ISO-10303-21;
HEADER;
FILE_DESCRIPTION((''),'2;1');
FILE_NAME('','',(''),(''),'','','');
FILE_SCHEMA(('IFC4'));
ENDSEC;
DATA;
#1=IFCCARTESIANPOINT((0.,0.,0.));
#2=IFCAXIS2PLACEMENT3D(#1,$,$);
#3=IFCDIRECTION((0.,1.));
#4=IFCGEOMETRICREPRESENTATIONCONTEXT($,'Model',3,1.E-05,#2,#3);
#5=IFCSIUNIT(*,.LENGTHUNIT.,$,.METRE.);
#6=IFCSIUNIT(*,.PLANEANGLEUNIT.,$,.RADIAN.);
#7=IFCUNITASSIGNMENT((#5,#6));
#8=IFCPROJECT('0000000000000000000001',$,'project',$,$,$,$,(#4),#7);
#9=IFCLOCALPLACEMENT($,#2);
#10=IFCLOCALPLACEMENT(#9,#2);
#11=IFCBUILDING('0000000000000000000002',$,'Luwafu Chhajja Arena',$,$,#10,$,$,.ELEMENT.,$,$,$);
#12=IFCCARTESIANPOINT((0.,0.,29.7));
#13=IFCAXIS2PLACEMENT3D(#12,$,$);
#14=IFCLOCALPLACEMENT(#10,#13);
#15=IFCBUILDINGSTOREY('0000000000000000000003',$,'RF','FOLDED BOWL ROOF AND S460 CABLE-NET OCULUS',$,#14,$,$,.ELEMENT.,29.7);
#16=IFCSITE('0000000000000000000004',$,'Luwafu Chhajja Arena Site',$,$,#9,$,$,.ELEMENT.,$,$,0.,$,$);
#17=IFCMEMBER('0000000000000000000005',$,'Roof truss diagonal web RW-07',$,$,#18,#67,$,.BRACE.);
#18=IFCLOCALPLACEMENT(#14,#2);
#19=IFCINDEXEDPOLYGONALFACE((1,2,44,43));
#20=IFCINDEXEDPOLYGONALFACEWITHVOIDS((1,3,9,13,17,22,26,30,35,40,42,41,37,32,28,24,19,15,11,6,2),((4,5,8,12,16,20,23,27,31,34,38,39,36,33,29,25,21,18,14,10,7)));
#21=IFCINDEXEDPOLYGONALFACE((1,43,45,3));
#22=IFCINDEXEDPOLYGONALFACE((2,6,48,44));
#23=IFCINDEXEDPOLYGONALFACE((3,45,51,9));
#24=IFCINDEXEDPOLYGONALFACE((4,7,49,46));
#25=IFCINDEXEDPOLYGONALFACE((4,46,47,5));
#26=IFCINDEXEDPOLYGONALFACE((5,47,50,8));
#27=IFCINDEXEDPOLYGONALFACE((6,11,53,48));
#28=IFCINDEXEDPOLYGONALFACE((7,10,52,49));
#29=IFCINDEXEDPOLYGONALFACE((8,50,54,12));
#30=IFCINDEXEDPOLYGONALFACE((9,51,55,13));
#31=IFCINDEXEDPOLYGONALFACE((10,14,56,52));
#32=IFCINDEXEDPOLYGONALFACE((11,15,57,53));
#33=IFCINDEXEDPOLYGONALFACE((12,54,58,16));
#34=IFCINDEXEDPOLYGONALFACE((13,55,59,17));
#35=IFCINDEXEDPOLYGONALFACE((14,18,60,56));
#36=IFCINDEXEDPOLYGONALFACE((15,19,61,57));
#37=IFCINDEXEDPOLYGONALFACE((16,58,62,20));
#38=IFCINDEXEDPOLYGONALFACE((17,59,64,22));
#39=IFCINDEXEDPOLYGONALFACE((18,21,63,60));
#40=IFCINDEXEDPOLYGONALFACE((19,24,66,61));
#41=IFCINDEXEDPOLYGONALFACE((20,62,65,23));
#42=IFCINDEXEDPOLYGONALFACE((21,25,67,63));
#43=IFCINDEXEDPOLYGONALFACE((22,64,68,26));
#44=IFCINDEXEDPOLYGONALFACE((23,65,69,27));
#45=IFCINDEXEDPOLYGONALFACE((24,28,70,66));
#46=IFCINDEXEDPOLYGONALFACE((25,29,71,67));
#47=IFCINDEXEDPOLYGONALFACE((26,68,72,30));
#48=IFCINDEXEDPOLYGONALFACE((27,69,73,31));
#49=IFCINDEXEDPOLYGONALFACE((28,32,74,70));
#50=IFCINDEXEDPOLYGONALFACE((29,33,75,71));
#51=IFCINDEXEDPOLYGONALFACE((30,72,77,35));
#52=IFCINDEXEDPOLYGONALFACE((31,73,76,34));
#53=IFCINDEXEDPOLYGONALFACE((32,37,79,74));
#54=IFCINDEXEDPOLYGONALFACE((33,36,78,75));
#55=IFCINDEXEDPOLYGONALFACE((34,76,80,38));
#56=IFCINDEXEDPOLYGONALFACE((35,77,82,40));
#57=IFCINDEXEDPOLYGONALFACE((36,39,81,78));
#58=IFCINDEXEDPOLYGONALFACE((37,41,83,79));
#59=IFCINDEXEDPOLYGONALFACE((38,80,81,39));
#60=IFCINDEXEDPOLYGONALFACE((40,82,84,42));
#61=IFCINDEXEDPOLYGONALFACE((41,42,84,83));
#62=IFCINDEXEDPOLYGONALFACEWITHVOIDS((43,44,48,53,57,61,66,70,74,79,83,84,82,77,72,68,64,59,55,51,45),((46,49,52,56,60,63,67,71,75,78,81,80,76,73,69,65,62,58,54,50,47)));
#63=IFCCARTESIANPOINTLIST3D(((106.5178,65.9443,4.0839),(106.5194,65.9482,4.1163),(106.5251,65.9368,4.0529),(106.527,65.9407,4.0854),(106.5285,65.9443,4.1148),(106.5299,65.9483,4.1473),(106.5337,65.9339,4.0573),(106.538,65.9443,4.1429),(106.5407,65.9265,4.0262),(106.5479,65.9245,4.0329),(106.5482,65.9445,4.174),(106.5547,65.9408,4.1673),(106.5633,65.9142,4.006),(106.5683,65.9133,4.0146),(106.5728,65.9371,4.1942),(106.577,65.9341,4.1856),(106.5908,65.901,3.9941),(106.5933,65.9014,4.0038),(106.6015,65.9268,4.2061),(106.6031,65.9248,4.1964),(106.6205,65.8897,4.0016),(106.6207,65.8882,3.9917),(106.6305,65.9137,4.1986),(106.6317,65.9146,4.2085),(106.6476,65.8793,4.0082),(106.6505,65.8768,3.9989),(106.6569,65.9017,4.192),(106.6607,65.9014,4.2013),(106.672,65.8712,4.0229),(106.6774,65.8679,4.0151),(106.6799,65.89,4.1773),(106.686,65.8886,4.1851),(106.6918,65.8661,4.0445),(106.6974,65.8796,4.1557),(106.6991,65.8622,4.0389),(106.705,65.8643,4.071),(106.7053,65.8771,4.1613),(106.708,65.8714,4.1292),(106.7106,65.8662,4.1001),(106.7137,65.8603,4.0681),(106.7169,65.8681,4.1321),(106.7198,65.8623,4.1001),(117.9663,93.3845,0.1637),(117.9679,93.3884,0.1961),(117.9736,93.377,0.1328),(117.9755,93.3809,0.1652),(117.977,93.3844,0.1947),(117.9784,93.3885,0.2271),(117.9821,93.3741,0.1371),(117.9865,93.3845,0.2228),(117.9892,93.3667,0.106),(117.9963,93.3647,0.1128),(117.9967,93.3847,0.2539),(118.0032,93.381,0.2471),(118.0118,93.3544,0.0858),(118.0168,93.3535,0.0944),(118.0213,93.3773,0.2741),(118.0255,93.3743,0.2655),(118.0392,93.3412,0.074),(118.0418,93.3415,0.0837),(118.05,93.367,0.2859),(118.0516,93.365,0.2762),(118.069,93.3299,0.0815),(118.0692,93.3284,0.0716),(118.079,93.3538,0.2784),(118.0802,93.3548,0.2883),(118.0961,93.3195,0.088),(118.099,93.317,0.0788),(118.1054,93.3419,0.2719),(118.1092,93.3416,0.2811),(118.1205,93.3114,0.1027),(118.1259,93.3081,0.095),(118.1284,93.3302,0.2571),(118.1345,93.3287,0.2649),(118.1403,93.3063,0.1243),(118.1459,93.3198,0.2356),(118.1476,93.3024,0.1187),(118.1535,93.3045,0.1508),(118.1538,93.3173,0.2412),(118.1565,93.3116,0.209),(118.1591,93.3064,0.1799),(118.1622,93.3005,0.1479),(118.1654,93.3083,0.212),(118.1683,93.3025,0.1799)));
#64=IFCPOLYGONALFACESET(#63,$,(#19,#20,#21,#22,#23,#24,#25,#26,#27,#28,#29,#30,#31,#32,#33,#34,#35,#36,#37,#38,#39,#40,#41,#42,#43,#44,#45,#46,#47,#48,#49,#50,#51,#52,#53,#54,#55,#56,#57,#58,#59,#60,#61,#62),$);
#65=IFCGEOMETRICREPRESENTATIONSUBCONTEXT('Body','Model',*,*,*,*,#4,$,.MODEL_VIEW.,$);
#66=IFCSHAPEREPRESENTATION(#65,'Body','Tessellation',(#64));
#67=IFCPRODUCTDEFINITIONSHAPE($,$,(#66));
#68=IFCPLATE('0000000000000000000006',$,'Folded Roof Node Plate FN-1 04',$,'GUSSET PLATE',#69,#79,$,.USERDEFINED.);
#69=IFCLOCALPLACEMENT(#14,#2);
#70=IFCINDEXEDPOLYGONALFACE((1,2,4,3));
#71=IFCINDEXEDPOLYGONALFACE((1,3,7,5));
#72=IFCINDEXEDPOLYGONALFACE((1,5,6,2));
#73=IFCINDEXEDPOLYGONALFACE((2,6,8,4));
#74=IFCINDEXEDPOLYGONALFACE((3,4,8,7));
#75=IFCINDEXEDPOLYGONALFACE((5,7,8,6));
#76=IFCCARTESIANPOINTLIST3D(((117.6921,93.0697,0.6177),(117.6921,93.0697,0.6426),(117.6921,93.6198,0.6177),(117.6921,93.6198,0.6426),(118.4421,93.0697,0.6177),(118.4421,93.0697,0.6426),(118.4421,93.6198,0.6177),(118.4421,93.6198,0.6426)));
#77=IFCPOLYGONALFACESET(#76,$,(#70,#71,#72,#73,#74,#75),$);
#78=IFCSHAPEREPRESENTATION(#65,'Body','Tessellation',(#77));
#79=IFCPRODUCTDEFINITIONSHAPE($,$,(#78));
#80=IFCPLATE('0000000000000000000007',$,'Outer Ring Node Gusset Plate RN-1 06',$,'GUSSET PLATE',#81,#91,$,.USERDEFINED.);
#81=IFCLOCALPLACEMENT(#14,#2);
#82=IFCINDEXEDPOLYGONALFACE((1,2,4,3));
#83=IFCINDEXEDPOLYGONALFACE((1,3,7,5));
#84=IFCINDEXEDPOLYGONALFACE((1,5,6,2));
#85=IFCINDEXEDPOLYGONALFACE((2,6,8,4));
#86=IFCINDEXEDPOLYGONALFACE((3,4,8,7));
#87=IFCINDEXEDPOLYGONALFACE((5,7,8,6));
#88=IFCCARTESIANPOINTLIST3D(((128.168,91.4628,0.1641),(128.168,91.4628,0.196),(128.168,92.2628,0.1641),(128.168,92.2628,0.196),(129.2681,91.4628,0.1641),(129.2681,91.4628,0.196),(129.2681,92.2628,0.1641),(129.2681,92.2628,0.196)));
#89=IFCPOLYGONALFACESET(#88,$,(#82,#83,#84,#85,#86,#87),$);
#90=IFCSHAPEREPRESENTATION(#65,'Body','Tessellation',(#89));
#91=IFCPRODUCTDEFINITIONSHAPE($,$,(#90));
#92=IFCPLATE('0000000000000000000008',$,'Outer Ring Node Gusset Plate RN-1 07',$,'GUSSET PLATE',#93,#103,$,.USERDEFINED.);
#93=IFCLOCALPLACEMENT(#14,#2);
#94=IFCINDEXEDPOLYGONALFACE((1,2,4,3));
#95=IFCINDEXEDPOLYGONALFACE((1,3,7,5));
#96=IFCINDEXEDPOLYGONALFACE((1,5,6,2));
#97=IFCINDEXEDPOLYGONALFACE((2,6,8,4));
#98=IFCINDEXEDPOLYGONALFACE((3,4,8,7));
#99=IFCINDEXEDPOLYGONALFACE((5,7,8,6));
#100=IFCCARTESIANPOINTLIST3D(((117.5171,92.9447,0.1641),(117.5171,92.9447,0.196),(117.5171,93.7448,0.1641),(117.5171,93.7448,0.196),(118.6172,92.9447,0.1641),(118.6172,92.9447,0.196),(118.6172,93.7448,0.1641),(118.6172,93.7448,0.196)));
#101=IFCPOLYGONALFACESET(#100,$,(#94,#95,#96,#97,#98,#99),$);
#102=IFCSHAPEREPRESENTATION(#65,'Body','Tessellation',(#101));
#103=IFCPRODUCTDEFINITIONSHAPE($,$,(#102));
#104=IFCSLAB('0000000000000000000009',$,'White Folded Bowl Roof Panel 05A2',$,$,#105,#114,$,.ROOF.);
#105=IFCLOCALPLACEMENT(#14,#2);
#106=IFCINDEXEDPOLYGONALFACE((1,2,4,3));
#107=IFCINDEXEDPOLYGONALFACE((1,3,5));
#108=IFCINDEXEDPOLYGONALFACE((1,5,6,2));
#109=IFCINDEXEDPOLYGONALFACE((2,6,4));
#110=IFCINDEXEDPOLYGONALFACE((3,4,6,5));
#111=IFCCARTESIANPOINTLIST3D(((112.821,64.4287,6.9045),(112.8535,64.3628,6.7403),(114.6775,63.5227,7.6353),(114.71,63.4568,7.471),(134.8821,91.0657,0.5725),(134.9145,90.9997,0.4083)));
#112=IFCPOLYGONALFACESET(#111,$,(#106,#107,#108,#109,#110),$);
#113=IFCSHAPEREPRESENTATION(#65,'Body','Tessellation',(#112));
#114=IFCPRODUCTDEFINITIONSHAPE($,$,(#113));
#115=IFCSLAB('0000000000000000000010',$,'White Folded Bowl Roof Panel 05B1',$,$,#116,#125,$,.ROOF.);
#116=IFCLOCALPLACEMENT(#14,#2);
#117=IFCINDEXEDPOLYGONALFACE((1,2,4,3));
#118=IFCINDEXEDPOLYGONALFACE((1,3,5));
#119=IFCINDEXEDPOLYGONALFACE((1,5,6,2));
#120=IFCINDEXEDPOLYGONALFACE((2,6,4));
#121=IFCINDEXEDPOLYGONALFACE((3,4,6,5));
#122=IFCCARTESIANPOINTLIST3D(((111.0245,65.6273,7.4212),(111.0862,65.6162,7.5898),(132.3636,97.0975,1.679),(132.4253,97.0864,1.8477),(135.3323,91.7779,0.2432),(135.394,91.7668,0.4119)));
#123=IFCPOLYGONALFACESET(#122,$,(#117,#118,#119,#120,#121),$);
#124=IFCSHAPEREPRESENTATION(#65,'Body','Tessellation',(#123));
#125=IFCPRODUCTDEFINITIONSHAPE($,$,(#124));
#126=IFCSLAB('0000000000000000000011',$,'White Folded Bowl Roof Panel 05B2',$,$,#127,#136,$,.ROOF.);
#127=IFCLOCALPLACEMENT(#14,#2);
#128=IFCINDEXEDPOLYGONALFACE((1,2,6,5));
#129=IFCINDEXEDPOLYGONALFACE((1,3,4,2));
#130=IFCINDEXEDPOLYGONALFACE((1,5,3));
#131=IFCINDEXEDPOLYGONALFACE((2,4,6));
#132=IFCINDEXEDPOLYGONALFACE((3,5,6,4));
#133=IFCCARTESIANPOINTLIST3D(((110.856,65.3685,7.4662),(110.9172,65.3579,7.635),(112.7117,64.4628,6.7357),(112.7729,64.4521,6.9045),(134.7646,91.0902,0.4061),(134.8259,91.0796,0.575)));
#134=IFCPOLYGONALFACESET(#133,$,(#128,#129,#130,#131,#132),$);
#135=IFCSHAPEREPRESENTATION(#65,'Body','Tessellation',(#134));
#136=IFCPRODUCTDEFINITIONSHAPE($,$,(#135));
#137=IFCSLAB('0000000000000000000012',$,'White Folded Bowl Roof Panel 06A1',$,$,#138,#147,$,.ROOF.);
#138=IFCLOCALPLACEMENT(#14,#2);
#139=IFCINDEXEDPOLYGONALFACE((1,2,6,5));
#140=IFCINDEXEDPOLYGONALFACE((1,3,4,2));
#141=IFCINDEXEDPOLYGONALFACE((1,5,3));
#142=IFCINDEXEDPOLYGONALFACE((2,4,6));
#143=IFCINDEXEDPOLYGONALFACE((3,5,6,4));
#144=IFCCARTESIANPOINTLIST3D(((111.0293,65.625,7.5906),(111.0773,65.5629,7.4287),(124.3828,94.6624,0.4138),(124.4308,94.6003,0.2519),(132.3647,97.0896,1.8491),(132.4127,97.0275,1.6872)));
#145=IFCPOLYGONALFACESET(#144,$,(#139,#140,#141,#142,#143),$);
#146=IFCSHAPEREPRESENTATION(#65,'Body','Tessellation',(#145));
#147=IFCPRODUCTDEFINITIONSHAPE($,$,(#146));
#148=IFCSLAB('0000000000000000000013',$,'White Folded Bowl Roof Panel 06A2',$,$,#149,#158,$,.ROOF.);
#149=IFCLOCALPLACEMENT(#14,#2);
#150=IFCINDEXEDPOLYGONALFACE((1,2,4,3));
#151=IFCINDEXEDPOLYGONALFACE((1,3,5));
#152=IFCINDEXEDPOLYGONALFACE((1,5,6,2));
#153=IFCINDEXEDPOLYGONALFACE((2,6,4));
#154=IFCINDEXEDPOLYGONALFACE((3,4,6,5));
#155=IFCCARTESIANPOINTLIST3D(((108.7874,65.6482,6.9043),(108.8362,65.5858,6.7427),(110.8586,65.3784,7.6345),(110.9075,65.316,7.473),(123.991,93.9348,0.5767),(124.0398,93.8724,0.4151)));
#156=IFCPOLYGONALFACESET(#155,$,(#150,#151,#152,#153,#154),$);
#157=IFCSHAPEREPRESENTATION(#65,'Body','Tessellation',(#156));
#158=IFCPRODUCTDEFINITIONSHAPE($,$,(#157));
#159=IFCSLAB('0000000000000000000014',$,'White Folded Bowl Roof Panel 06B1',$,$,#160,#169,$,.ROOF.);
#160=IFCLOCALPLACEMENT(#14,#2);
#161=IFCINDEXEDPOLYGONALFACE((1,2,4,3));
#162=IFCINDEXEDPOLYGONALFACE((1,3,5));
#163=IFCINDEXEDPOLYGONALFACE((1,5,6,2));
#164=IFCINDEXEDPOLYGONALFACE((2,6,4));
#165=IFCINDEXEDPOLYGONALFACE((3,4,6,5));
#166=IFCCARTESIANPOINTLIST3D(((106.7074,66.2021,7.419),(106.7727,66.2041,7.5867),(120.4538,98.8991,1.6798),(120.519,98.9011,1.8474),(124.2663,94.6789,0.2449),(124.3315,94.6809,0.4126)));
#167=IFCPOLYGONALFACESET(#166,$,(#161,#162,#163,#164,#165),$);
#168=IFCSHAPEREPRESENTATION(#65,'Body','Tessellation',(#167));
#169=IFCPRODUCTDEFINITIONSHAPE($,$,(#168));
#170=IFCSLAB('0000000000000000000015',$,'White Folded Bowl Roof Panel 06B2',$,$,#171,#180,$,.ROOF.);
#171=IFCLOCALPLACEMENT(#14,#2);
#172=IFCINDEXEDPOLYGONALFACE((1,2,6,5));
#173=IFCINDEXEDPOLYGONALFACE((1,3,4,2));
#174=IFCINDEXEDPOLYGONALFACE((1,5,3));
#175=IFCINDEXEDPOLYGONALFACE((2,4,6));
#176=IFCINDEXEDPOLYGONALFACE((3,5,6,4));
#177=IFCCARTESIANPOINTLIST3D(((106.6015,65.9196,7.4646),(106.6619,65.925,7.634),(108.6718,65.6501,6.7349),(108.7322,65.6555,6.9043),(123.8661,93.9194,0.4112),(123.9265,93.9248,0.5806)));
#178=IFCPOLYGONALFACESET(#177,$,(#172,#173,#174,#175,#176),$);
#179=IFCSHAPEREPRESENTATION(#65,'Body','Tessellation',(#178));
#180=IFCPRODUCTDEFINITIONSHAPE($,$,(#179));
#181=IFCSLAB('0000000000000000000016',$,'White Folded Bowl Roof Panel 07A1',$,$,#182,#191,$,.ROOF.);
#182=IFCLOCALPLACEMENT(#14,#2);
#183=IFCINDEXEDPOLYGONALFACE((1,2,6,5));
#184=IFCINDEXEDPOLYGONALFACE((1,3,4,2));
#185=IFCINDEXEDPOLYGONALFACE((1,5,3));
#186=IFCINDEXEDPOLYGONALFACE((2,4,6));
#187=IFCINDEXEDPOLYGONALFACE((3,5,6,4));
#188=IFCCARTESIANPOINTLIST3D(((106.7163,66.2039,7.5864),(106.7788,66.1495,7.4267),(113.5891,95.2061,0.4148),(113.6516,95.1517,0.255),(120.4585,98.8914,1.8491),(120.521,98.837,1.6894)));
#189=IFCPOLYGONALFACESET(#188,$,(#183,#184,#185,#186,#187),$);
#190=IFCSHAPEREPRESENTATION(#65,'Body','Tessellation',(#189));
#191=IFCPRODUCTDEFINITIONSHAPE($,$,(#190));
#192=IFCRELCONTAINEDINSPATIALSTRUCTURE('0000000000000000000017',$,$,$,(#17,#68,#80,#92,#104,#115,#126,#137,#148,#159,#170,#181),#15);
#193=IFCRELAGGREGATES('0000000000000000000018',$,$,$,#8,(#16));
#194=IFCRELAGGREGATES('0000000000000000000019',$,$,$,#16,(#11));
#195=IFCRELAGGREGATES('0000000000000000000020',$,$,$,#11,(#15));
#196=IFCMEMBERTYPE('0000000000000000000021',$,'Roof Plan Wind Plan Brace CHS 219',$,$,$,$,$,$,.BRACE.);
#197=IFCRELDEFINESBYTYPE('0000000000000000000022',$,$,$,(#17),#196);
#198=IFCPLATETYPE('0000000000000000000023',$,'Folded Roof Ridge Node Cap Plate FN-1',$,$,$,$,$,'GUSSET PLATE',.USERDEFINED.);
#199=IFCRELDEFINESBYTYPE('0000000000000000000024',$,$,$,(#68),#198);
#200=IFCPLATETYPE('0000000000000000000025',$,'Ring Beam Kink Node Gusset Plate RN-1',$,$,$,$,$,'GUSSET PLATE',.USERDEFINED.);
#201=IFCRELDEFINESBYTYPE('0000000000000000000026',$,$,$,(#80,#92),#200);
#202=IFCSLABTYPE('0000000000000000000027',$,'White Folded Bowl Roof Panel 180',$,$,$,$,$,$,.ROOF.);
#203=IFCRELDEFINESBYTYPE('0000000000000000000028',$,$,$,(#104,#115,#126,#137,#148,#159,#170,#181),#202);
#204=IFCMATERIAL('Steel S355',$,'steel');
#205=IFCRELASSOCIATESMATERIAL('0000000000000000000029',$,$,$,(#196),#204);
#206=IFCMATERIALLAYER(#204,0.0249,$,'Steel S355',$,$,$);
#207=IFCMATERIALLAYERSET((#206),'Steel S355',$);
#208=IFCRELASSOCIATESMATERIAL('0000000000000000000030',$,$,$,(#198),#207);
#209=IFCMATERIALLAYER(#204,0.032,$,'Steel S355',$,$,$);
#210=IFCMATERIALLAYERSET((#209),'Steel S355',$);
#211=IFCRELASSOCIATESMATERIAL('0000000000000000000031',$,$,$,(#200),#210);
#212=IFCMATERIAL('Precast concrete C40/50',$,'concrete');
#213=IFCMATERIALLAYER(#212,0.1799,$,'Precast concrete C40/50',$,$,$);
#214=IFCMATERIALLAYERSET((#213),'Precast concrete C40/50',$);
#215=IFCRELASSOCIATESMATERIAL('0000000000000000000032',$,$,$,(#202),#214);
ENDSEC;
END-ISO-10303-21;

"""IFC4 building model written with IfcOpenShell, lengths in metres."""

from ifc_helpers import new_model, si_unit, direction, frame, origin, origin_2d, place, context, subcontext, project, spatial, polyline, rectangle, hollow_circle, outline, extrude, material, layer, layer_set, material_profile, profile_set, type_object, element, save


model = new_model("IFC4")

# Units and contexts
model_context = context("Model", 3, precision=1e-05, world=origin(), true_north=direction((0.0, 1.0)))
body_context = subcontext(model_context, "Body", "Model", "MODEL_VIEW")
ifc_project = project(units=[si_unit("LENGTHUNIT", "METRE"), si_unit("PLANEANGLEUNIT", "RADIAN")], contexts=[model_context])

# Site, building, storey
site_placement = place(None, origin())
site = spatial("IfcSite", under=ifc_project, at=site_placement, Name="Luwafu Chhajja Arena Site", CompositionType="ELEMENT", RefElevation=0.0)
building_placement = place(site_placement, origin())
building = spatial("IfcBuilding", under=site, at=building_placement, Name="Luwafu Chhajja Arena", CompositionType="ELEMENT")
storey_placement = place(building_placement, frame((0.0, 0.0, 29.7)))
storey = spatial("IfcBuildingStorey", under=building, at=storey_placement, Name="RF", Description="FOLDED BOWL ROOF AND S460 CABLE-NET OCULUS", CompositionType="ELEMENT", Elevation=29.7)

# Shared definitions
ifc_material_1 = material(Name="Steel S355", Category="steel")

# Member
ifc_material_profile_1 = material_profile(ifc_material_1, hollow_circle(Radius=0.1096, WallThickness=0.01, at=origin_2d()), Name="CHS 219.1x10")
ifc_profile_set_1 = profile_set([ifc_material_profile_1], Name="Steel S355")
member_type = type_object("IfcMemberType", Name="Roof Plan Wind Plan Brace CHS 219", PredefinedType="BRACE", material=ifc_profile_set_1)
member_1_placement = place(storey_placement, frame((118.0671, 93.3447, 0.1799), z_axis=(-0.381744, -0.914978, 0.130716), x_axis=(0.922897, -0.385047, 0.0)))
element("IfcMember", 1, at=member_1_placement, inside=storey, type_object=member_type, Name="Roof truss diagonal web RW-07", PredefinedType="BRACE", context=body_context, shape_type="SweptSolid", body=[
    extrude(hollow_circle(Radius=0.1096, WallThickness=0.01, at=origin_2d()), origin(), (0.0, 0.0, 1.0), 29.99),
])

# Plates
ifc_layer_1 = layer(ifc_material_1, 0.0249, Name="Steel S355")
ifc_layer_set_1 = layer_set([ifc_layer_1], Name="Steel S355")
plate_type_1 = type_object("IfcPlateType", Name="Folded Roof Ridge Node Cap Plate FN-1", ElementType="GUSSET PLATE", PredefinedType="USERDEFINED", material=ifc_layer_set_1)
plate_placement = place(storey_placement, frame((118.0671, 93.3447, 0.6177), z_axis=(0.0, 0.0, 1.0), x_axis=(1.0, 0.0, 0.0)))
element("IfcPlate", 2, at=plate_placement, inside=storey, type_object=plate_type_1, Name="Folded Roof Node Plate FN-1 04", ObjectType="GUSSET PLATE", PredefinedType="USERDEFINED", context=body_context, shape_type="SweptSolid", body=[
    extrude(rectangle(XDim=0.75, YDim=0.55, at=origin_2d()), origin(), (0.0, 0.0, 1.0), 0.0249),
])
ifc_layer_2 = layer(ifc_material_1, 0.032, Name="Steel S355")
ifc_layer_set_2 = layer_set([ifc_layer_2], Name="Steel S355")
plate_type_2 = type_object("IfcPlateType", Name="Ring Beam Kink Node Gusset Plate RN-1", ElementType="GUSSET PLATE", PredefinedType="USERDEFINED", material=ifc_layer_set_2)
for number, where, z_axis, x_axis, name in (
    (3, (128.718, 91.8628, 0.1641), (0.0, 0.0, 1.0), (1.0, 0.0, 0.0), "Outer Ring Node Gusset Plate RN-1 06"),
    (4, (118.0671, 93.3447, 0.1641), (0.0, 0.0, 1.0), (1.0, 0.0, 0.0), "Outer Ring Node Gusset Plate RN-1 07"),
):
    element("IfcPlate", number, at=place(storey_placement, frame(where, z_axis=z_axis, x_axis=x_axis)), inside=storey, type_object=plate_type_2, Name=name, ObjectType="GUSSET PLATE", PredefinedType="USERDEFINED", context=body_context, shape_type="SweptSolid", body=[
        extrude(rectangle(XDim=1.1001, YDim=0.8, at=origin_2d()), origin(), (0.0, 0.0, 1.0), 0.032),
    ])

# Slabs
ifc_material_2 = material(Name="Precast concrete C40/50", Category="concrete")
ifc_layer_3 = layer(ifc_material_2, 0.1799, Name="Precast concrete C40/50")
ifc_layer_set_3 = layer_set([ifc_layer_3], Name="Precast concrete C40/50")
slab_type = type_object("IfcSlabType", Name="White Folded Bowl Roof Panel 180", PredefinedType="ROOF", material=ifc_layer_set_3)
slab_1_placement = place(storey_placement, frame((134.8821, 91.0657, 0.5725), z_axis=(-0.180448, 0.366431, 0.91278), x_axis=(-0.579234, -0.789614, 0.202478)))
element("IfcSlab", 5, at=slab_1_placement, inside=storey, type_object=slab_type, Name="White Folded Bowl Roof Panel 05A2", PredefinedType="ROOF", context=body_context, shape_type="SweptSolid", body=[
    extrude(outline(polyline([(0.0, 0.0), (34.8816, 0.0), (35.0935, -2.1809), (0.0, 0.0)])), origin(), (0.0, 0.0, -1.0), 0.1799),
])
slab_2_placement = place(storey_placement, frame((135.394, 91.7668, 0.4119), z_axis=(0.34301, -0.06156, 0.937312), x_axis=(-0.667473, -0.718074, 0.197101)))
element("IfcSlab", 6, at=slab_2_placement, inside=storey, type_object=slab_type, Name="White Folded Bowl Roof Panel 05B1", PredefinedType="ROOF", context=body_context, shape_type="SweptSolid", body=[
    extrude(outline(polyline([(0.0, 0.0), (36.4177, 0.0), (-1.5553, -6.0625), (0.0, 0.0)])), origin(), (0.0, 0.0, -1.0), 0.1799),
])
slab_3_placement = place(storey_placement, frame((134.8259, 91.0796, 0.575), z_axis=(0.340571, -0.059005, 0.938365), x_axis=(-0.627423, -0.757569, 0.180081)))
element("IfcSlab", 7, at=slab_3_placement, inside=storey, type_object=slab_type, Name="White Folded Bowl Roof Panel 05B2", PredefinedType="ROOF", context=body_context, shape_type="SweptSolid", body=[
    extrude(outline(polyline([(0.0, 0.0), (35.1485, 0.0), (35.7582, -2.1038), (0.0, 0.0)])), origin(), (0.0, 0.0, -1.0), 0.1799),
])
slab_4_placement = place(storey_placement, frame((132.3647, 97.0896, 1.8491), z_axis=(-0.26675, 0.345079, 0.899869), x_axis=(-0.554929, -0.818385, 0.149334)))
element("IfcSlab", 8, at=slab_4_placement, inside=storey, type_object=slab_type, Name="White Folded Bowl Roof Panel 06A1", PredefinedType="ROOF", context=body_context, shape_type="SweptSolid", body=[
    extrude(outline(polyline([(0.0, 0.0), (38.4472, 0.0), (6.2015, -5.7623), (0.0, 0.0)])), origin(), (0.0, 0.0, -1.0), 0.1799),
])
slab_5_placement = place(storey_placement, frame((123.991, 93.9348, 0.5767), z_axis=(-0.271378, 0.34671, 0.897856), x_axis=(-0.407659, -0.88646, 0.219093)))
element("IfcSlab", 9, at=slab_5_placement, inside=storey, type_object=slab_type, Name="White Folded Bowl Roof Panel 06A2", PredefinedType="ROOF", context=body_context, shape_type="SweptSolid", body=[
    extrude(outline(polyline([(0.0, 0.0), (32.214, 0.0), (32.6592, -2.1675), (0.0, 0.0)])), origin(), (0.0, 0.0, -1.0), 0.1799),
])
slab_6_placement = place(storey_placement, frame((124.3315, 94.6809, 0.4126), z_axis=(0.362853, 0.011005, 0.931781), x_axis=(-0.513182, -0.832275, 0.209672)))
element("IfcSlab", 10, at=slab_6_placement, inside=storey, type_object=slab_type, Name="White Folded Bowl Roof Panel 06B1", PredefinedType="ROOF", context=body_context, shape_type="SweptSolid", body=[
    extrude(outline(polyline([(0.0, 0.0), (34.2156, 0.0), (-1.255, -5.7297), (0.0, 0.0)])), origin(), (0.0, 0.0, -1.0), 0.1799),
])
slab_7_placement = place(storey_placement, frame((123.9265, 93.9248, 0.5806), z_axis=(0.335766, 0.030132, 0.941463), x_axis=(-0.464502, -0.864213, 0.193321)))
element("IfcSlab", 11, at=slab_7_placement, inside=storey, type_object=slab_type, Name="White Folded Bowl Roof Panel 06B2", PredefinedType="ROOF", context=body_context, shape_type="SweptSolid", body=[
    extrude(outline(polyline([(0.0, 0.0), (32.711, 0.0), (33.5808, -2.0334), (0.0, 0.0)])), origin(), (0.0, 0.0, -1.0), 0.1799),
])
slab_8_placement = place(storey_placement, frame((120.4585, 98.8914, 1.8491), z_axis=(-0.347317, 0.301849, 0.887839), x_axis=(-0.382579, -0.910012, 0.159725)))
element("IfcSlab", 12, at=slab_8_placement, inside=storey, type_object=slab_type, Name="White Folded Bowl Roof Panel 07A1", PredefinedType="ROOF", context=body_context, shape_type="SweptSolid", body=[
    extrude(outline(polyline([(0.0, 0.0), (35.9199, 0.0), (5.7527, -5.4529), (0.0, 0.0)])), origin(), (0.0, 0.0, -1.0), 0.1799),
])

save(model, "model.ifc")
